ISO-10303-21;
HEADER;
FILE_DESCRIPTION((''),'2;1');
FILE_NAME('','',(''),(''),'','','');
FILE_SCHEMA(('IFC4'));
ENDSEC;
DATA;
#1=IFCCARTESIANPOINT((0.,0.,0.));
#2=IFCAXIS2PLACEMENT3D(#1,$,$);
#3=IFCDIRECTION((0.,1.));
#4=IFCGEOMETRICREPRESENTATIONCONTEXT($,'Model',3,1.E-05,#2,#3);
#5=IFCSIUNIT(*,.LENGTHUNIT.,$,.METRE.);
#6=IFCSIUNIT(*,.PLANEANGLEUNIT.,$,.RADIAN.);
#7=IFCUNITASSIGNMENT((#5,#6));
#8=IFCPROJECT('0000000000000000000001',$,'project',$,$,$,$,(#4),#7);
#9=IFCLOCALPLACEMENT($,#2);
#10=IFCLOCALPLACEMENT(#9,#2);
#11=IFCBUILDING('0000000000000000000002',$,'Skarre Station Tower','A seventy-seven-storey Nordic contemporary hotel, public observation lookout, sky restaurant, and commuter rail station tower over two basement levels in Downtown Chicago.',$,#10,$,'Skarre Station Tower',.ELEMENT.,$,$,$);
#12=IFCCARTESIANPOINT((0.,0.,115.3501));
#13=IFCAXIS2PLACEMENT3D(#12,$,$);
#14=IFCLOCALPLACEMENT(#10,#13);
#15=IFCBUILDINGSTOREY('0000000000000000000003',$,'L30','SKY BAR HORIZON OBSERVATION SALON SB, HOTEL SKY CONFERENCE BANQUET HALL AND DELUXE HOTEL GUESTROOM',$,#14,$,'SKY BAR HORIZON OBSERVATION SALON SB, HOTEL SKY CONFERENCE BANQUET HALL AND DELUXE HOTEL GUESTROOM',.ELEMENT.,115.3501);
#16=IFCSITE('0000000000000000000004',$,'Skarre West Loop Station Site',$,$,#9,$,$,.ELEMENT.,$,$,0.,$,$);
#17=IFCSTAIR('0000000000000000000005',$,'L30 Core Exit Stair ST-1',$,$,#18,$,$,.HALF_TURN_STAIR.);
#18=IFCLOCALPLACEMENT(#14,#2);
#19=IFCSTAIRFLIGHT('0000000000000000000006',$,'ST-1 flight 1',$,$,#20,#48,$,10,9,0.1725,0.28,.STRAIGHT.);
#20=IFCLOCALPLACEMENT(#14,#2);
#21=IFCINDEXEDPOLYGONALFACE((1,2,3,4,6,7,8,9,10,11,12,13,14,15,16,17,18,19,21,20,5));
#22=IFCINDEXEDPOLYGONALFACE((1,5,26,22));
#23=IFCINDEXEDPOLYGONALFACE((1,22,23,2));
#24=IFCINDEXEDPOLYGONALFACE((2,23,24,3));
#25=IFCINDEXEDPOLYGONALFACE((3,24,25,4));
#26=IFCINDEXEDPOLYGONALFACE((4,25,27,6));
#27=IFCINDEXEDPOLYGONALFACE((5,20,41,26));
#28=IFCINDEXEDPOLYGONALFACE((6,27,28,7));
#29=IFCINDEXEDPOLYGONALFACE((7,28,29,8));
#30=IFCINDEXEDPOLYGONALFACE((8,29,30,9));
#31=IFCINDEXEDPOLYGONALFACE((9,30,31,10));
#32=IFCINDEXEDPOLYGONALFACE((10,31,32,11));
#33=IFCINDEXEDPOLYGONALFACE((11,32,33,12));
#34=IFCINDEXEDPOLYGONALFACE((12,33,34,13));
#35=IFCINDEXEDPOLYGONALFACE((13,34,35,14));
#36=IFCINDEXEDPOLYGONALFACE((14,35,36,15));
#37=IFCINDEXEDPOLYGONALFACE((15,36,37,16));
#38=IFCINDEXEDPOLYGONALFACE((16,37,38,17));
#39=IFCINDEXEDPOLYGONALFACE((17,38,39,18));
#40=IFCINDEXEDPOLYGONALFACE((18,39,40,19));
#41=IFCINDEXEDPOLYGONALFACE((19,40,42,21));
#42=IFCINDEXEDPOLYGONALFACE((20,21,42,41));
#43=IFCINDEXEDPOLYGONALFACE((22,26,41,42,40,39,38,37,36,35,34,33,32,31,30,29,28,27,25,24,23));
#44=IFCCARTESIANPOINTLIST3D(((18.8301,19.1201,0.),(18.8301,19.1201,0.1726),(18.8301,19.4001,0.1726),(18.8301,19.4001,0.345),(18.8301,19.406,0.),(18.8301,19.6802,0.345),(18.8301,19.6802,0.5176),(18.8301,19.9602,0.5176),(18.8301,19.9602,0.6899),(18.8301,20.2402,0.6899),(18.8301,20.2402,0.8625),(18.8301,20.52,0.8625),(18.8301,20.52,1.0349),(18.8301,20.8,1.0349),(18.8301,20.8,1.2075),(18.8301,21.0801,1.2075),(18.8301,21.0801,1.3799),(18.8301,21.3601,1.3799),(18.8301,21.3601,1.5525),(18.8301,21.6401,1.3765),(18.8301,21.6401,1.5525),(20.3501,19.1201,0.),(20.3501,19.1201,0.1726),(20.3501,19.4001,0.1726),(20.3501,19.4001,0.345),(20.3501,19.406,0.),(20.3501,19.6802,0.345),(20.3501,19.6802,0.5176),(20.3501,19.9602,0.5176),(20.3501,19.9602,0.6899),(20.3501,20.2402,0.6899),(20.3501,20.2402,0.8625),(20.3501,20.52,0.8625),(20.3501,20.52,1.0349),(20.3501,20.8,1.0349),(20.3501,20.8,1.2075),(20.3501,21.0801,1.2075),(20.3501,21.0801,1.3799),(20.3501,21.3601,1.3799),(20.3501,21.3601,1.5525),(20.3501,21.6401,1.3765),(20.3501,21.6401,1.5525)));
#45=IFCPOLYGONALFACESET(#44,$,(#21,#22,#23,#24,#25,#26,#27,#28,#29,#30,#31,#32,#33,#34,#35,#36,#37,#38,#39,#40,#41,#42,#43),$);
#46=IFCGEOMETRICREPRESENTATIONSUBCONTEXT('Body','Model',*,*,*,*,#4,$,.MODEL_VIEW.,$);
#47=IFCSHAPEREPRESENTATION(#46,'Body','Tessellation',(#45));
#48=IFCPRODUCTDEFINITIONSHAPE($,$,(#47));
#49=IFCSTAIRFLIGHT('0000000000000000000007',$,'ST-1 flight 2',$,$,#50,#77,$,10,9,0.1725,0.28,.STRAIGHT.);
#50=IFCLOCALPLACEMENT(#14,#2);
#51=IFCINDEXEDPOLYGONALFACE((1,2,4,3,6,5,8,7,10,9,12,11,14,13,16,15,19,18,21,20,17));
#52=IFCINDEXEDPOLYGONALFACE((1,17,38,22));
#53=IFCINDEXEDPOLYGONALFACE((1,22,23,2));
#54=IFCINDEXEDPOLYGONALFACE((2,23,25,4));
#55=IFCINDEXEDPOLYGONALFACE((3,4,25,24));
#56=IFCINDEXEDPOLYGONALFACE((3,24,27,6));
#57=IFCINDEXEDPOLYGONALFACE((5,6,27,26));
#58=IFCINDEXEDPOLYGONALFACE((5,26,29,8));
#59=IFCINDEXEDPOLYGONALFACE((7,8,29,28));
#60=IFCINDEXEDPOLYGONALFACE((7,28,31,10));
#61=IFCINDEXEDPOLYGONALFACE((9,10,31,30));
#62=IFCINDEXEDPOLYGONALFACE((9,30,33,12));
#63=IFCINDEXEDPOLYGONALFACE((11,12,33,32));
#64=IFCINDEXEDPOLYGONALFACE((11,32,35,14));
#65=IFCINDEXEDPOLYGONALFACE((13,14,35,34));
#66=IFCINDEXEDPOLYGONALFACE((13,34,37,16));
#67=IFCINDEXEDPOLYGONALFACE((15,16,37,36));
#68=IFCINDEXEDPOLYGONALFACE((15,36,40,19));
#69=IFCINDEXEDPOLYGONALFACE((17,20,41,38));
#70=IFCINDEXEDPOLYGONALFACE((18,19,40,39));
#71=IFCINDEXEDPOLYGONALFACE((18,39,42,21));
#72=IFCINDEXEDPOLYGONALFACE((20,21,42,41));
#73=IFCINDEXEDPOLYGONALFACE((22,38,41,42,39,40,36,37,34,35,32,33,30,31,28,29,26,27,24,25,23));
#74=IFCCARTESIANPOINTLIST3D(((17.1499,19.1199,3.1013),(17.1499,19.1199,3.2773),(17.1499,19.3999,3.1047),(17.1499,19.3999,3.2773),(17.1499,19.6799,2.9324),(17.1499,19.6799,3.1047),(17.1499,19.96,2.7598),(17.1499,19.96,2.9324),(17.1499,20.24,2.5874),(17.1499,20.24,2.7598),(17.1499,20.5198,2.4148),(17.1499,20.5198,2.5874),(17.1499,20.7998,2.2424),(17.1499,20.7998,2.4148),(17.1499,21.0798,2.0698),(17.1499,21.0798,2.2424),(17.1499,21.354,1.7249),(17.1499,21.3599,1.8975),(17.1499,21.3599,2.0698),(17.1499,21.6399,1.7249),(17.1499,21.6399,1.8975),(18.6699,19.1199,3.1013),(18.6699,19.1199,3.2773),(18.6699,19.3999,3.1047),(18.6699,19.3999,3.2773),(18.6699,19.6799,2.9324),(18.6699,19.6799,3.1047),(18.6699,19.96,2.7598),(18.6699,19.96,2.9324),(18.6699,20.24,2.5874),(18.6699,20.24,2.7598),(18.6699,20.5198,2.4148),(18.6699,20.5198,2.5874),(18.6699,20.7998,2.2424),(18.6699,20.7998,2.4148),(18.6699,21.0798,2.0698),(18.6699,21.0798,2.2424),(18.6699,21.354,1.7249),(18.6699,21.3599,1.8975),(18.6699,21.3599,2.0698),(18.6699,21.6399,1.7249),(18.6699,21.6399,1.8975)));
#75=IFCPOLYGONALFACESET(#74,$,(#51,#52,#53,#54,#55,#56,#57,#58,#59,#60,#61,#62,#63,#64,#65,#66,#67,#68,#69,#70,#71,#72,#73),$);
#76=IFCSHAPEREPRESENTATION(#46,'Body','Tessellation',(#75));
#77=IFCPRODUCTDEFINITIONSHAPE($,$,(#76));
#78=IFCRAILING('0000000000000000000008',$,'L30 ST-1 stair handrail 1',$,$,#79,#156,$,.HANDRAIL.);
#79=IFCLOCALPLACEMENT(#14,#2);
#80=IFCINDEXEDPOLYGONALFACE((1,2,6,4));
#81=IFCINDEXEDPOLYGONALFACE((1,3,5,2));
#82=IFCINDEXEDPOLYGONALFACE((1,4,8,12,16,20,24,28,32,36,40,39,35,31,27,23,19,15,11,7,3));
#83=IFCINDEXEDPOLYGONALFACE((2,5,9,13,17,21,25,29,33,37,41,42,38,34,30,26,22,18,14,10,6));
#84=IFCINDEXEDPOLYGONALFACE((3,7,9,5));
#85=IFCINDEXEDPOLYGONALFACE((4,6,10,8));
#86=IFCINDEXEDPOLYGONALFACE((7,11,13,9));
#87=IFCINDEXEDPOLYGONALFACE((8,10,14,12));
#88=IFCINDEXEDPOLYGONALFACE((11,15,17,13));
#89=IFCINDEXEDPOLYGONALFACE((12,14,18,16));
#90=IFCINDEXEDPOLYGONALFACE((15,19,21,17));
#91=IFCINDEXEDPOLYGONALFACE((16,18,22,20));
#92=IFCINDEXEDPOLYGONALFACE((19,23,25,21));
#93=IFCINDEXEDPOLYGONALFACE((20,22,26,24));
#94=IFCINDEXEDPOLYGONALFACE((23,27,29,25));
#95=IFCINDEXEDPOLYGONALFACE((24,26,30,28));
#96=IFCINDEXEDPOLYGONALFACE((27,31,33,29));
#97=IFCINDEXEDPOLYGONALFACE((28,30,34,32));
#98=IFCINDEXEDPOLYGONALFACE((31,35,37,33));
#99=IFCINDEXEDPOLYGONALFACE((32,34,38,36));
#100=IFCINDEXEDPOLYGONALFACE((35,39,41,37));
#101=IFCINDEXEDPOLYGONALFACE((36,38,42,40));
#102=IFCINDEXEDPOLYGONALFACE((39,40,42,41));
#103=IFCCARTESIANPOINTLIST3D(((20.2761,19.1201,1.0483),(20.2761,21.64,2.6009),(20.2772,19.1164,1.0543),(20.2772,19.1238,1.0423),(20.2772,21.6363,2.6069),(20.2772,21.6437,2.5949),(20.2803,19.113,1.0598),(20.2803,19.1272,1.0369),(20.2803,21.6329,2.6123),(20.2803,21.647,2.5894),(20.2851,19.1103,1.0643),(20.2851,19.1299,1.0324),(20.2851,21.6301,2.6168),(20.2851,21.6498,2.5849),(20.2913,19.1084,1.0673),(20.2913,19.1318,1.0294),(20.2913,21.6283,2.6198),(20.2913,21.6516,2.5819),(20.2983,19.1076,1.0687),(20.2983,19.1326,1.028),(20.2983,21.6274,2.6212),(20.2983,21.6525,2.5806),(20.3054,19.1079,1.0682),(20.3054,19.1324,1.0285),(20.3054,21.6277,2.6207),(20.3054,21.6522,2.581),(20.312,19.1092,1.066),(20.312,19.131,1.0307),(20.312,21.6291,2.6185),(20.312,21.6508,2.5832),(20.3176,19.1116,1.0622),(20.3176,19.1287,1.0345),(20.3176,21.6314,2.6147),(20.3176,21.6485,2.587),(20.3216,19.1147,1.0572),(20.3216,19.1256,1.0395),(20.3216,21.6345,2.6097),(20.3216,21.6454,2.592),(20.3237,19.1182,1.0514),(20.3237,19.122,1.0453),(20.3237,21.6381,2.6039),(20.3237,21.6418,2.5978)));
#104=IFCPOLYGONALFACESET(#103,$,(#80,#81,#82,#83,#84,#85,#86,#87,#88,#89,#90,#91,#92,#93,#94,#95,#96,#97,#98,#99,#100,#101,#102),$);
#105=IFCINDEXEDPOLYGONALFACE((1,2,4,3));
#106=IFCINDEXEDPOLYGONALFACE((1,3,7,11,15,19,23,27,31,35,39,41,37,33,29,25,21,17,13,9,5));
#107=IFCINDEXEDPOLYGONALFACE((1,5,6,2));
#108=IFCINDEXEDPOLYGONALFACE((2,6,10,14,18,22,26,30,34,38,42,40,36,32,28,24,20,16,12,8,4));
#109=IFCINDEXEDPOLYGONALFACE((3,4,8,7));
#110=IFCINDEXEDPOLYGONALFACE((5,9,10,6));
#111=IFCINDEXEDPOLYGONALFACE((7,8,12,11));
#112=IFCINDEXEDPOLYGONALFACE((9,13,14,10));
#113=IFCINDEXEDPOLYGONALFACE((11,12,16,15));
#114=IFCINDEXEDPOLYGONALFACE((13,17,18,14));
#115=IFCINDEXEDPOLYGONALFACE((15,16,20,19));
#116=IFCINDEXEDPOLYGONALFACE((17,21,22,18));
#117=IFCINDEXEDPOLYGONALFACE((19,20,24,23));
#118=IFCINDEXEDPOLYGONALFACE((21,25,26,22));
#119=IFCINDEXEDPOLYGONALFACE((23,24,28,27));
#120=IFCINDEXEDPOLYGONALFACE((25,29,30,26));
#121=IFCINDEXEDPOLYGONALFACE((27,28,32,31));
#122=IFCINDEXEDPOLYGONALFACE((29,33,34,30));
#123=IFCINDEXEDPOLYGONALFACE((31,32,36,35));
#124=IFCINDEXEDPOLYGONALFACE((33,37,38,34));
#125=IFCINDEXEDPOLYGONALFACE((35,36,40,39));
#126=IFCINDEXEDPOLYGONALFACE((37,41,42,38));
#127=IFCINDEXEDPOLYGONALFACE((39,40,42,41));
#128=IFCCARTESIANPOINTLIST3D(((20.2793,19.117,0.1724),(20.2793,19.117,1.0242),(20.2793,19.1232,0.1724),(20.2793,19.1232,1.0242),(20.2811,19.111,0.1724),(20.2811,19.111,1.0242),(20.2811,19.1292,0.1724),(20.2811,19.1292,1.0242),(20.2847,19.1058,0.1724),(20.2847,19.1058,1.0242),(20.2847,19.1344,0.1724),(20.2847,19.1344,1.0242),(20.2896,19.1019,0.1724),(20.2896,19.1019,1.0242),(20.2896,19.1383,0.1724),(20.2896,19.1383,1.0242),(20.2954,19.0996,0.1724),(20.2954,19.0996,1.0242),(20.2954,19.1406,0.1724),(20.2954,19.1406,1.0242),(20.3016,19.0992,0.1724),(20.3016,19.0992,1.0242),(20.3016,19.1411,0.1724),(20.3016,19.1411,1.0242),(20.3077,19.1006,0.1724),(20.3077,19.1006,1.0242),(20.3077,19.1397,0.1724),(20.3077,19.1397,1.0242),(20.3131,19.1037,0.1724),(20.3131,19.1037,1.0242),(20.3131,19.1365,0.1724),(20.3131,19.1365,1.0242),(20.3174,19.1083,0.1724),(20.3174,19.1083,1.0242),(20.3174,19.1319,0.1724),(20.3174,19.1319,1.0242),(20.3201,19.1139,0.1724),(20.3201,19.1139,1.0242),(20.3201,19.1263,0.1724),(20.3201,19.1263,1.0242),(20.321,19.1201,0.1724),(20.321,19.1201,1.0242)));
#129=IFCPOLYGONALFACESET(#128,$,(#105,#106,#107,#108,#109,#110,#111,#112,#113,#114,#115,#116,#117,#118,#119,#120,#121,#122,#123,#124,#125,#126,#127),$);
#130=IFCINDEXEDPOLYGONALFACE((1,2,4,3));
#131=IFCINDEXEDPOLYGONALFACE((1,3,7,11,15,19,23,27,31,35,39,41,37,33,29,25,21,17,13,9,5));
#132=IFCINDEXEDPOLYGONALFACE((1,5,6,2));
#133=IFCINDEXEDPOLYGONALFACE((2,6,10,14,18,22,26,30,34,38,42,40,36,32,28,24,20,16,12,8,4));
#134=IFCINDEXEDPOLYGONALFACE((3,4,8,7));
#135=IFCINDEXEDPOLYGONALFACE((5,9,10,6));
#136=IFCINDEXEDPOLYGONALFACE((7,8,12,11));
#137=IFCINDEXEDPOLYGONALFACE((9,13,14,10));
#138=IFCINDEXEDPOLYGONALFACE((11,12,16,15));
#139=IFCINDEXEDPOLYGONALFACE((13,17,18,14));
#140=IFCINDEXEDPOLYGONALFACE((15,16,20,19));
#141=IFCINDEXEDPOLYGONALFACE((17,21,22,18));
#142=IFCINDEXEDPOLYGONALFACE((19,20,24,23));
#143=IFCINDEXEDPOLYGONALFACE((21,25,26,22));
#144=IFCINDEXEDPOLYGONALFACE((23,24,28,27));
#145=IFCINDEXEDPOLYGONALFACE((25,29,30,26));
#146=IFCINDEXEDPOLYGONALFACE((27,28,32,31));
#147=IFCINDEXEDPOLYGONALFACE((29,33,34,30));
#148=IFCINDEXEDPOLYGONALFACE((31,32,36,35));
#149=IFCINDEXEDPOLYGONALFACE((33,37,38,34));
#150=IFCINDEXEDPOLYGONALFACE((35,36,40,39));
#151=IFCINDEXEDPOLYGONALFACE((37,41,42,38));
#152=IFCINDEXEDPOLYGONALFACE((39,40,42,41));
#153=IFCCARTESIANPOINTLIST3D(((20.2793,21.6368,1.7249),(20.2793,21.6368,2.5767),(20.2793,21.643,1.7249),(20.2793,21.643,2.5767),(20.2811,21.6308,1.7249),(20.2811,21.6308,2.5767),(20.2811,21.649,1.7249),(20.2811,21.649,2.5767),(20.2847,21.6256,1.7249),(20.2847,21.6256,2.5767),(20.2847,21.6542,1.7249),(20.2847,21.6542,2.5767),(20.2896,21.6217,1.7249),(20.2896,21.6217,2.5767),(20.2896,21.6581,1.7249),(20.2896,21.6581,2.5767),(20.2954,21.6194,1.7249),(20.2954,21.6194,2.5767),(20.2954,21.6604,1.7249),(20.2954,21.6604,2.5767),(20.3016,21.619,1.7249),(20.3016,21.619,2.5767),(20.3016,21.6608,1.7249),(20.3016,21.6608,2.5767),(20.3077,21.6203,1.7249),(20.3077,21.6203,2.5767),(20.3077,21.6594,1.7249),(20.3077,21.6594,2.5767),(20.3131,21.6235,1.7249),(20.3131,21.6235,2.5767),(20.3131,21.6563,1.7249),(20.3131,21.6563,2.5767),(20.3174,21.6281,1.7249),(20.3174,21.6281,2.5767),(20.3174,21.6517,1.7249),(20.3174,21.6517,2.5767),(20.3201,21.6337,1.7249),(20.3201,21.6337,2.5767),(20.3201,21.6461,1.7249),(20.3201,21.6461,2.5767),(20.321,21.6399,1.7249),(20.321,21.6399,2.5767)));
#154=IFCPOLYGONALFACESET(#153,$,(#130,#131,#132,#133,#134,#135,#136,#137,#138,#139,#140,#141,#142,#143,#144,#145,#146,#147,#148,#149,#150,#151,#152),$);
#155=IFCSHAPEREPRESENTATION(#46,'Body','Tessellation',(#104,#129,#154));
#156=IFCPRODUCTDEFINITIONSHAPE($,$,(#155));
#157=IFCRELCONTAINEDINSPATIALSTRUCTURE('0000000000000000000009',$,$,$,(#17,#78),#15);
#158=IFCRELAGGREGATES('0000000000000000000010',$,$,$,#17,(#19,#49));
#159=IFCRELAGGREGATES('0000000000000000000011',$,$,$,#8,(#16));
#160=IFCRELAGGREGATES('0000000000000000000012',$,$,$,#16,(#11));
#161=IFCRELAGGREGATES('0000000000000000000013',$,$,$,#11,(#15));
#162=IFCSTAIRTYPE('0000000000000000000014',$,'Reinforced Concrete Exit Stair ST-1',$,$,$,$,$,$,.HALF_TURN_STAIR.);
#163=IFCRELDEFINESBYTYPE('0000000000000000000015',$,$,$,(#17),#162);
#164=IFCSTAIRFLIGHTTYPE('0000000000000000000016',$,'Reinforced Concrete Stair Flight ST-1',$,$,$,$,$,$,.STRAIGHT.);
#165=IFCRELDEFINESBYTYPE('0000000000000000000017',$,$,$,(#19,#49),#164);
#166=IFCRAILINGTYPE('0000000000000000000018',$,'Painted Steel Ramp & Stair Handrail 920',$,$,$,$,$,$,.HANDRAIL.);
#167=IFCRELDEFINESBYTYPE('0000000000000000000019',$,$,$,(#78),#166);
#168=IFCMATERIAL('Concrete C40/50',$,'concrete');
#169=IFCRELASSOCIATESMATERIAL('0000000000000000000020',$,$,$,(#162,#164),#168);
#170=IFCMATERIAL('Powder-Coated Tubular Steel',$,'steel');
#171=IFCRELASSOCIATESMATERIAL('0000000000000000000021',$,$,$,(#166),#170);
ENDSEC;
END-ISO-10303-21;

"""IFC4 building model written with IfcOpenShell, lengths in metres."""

from ifc_helpers import new_model, si_unit, direction, frame, origin, origin_2d, place, context, subcontext, project, spatial, polyline, circle, outline, extrude, material, type_object, element, aggregate, save


model = new_model("IFC4")

# Units and contexts
model_context = context("Model", 3, precision=1e-05, world=origin(), true_north=direction((0.0, 1.0)))
body_context = subcontext(model_context, "Body", "Model", "MODEL_VIEW")
ifc_project = project(units=[si_unit("LENGTHUNIT", "METRE"), si_unit("PLANEANGLEUNIT", "RADIAN")], contexts=[model_context])

# Site, building, storey
site_placement = place(None, origin())
site = spatial("IfcSite", under=ifc_project, at=site_placement, Name="Skarre West Loop Station Site", CompositionType="ELEMENT", RefElevation=0.0)
building_placement = place(site_placement, origin())
building = spatial("IfcBuilding", under=site, at=building_placement, Name="Skarre Station Tower", Description="A seventy-seven-storey Nordic contemporary hotel, public observation lookout, sky restaurant, and commuter rail station tower over two basement levels in Downtown Chicago.", LongName="Skarre Station Tower", CompositionType="ELEMENT")
storey_placement = place(building_placement, frame((0.0, 0.0, 115.3501)))
storey = spatial("IfcBuildingStorey", under=building, at=storey_placement, Name="L30", Description="SKY BAR HORIZON OBSERVATION SALON SB, HOTEL SKY CONFERENCE BANQUET HALL AND DELUXE HOTEL GUESTROOM", LongName="SKY BAR HORIZON OBSERVATION SALON SB, HOTEL SKY CONFERENCE BANQUET HALL AND DELUXE HOTEL GUESTROOM", CompositionType="ELEMENT", Elevation=115.3501)

# Stair, stair flights
ifc_material_1 = material(Name="Concrete C40/50", Category="concrete")
stair_type = type_object("IfcStairType", Name="Reinforced Concrete Exit Stair ST-1", PredefinedType="HALF_TURN_STAIR", material=ifc_material_1)
stair_placement = place(storey_placement, origin())
stair = element("IfcStair", 1, at=stair_placement, inside=storey, type_object=stair_type, Name="L30 Core Exit Stair ST-1", PredefinedType="HALF_TURN_STAIR")
stair_flight_type = type_object("IfcStairFlightType", Name="Reinforced Concrete Stair Flight ST-1", PredefinedType="STRAIGHT", material=ifc_material_1)
stair_flight_1_placement = place(storey_placement, frame((19.5901, 19.1201, 0.0), z_axis=(0.0, 0.0, 1.0), x_axis=(0.0, 1.0, 0.0)))
stair_flight_1 = element("IfcStairFlight", 2, at=stair_flight_1_placement, type_object=stair_flight_type, Name="ST-1 flight 1", NumberOfRisers=10, NumberOfTreads=9, PredefinedType="STRAIGHT", RiserHeight=0.1725, TreadLength=0.28, context=body_context, shape_type="SweptSolid", body=[
    extrude(outline(polyline([(0.0, 0.0), (0.0, 0.1726), (0.28, 0.1726), (0.28, 0.345), (0.5601, 0.345), (0.5601, 0.5176), (0.8401, 0.5176), (0.8401, 0.6899), (1.1201, 0.6899), (1.1201, 0.8625), (1.3999, 0.8625), (1.3999, 1.0349), (1.6799, 1.0349), (1.6799, 1.2075), (1.96, 1.2075), (1.96, 1.3799), (2.24, 1.3799), (2.24, 1.5525), (2.52, 1.5525), (2.52, 1.7251), (2.52, 1.3765), (0.2859, 0.0), (0.0, 0.0)])), frame((0.0, 0.76, 0.0), z_axis=(0.0, -1.0, 0.0), x_axis=(1.0, 0.0, 0.0)), (0.0, 0.0, 1.0), 1.52),
])
stair_flight_2_placement = place(storey_placement, frame((17.9099, 21.6399, 1.7249), z_axis=(0.0, 0.0, 1.0), x_axis=(0.0, -1.0, 0.0)))
stair_flight_2 = element("IfcStairFlight", 3, at=stair_flight_2_placement, type_object=stair_flight_type, Name="ST-1 flight 2", NumberOfRisers=10, NumberOfTreads=9, PredefinedType="STRAIGHT", RiserHeight=0.1725, TreadLength=0.28, context=body_context, shape_type="SweptSolid", body=[
    extrude(outline(polyline([(0.0, 0.0), (0.0, 0.1726), (0.28, 0.1726), (0.28, 0.345), (0.5601, 0.345), (0.5601, 0.5176), (0.8401, 0.5176), (0.8401, 0.6899), (1.1201, 0.6899), (1.1201, 0.8625), (1.3999, 0.8625), (1.3999, 1.0349), (1.6799, 1.0349), (1.6799, 1.2075), (1.96, 1.2075), (1.96, 1.3799), (2.24, 1.3799), (2.24, 1.5525), (2.52, 1.5525), (2.52, 1.7251), (2.52, 1.3765), (0.2859, 0.0), (0.0, 0.0)])), frame((0.0, 0.76, 0.0), z_axis=(0.0, -1.0, 0.0), x_axis=(1.0, 0.0, 0.0)), (0.0, 0.0, 1.0), 1.52),
])
aggregate(stair, [stair_flight_1, stair_flight_2])

# Railing
ifc_material_2 = material(Name="Powder-Coated Tubular Steel", Category="steel")
railing_type_1 = type_object("IfcRailingType", Name="Painted Steel Ramp & Stair Handrail 920", PredefinedType="HANDRAIL", material=ifc_material_2)
railing_1_placement = place(storey_placement, frame((20.3, 19.1201, 0.1724)))
element("IfcRailing", 4, at=railing_1_placement, inside=storey, type_object=railing_type_1, Name="L30 ST-1 stair handrail 1", PredefinedType="HANDRAIL", context=body_context, shape_type="SweptSolid", body=[
    extrude(circle(Radius=0.0239, at=origin_2d()), frame((0.0, 0.0, 0.876), z_axis=(0.0, 0.851378, 0.524553), x_axis=(-1.0, 0.0, 0.0)), (0.0, 0.0, 1.0), 2.9597),
    extrude(circle(Radius=0.021, at=origin_2d()), origin(), (0.0, 0.0, 1.0), 0.8518),
    extrude(circle(Radius=0.021, at=origin_2d()), frame((0.0, 2.5198, 1.5525)), (0.0, 0.0, 1.0), 0.8518),
])

save(model, "model.ifc")
